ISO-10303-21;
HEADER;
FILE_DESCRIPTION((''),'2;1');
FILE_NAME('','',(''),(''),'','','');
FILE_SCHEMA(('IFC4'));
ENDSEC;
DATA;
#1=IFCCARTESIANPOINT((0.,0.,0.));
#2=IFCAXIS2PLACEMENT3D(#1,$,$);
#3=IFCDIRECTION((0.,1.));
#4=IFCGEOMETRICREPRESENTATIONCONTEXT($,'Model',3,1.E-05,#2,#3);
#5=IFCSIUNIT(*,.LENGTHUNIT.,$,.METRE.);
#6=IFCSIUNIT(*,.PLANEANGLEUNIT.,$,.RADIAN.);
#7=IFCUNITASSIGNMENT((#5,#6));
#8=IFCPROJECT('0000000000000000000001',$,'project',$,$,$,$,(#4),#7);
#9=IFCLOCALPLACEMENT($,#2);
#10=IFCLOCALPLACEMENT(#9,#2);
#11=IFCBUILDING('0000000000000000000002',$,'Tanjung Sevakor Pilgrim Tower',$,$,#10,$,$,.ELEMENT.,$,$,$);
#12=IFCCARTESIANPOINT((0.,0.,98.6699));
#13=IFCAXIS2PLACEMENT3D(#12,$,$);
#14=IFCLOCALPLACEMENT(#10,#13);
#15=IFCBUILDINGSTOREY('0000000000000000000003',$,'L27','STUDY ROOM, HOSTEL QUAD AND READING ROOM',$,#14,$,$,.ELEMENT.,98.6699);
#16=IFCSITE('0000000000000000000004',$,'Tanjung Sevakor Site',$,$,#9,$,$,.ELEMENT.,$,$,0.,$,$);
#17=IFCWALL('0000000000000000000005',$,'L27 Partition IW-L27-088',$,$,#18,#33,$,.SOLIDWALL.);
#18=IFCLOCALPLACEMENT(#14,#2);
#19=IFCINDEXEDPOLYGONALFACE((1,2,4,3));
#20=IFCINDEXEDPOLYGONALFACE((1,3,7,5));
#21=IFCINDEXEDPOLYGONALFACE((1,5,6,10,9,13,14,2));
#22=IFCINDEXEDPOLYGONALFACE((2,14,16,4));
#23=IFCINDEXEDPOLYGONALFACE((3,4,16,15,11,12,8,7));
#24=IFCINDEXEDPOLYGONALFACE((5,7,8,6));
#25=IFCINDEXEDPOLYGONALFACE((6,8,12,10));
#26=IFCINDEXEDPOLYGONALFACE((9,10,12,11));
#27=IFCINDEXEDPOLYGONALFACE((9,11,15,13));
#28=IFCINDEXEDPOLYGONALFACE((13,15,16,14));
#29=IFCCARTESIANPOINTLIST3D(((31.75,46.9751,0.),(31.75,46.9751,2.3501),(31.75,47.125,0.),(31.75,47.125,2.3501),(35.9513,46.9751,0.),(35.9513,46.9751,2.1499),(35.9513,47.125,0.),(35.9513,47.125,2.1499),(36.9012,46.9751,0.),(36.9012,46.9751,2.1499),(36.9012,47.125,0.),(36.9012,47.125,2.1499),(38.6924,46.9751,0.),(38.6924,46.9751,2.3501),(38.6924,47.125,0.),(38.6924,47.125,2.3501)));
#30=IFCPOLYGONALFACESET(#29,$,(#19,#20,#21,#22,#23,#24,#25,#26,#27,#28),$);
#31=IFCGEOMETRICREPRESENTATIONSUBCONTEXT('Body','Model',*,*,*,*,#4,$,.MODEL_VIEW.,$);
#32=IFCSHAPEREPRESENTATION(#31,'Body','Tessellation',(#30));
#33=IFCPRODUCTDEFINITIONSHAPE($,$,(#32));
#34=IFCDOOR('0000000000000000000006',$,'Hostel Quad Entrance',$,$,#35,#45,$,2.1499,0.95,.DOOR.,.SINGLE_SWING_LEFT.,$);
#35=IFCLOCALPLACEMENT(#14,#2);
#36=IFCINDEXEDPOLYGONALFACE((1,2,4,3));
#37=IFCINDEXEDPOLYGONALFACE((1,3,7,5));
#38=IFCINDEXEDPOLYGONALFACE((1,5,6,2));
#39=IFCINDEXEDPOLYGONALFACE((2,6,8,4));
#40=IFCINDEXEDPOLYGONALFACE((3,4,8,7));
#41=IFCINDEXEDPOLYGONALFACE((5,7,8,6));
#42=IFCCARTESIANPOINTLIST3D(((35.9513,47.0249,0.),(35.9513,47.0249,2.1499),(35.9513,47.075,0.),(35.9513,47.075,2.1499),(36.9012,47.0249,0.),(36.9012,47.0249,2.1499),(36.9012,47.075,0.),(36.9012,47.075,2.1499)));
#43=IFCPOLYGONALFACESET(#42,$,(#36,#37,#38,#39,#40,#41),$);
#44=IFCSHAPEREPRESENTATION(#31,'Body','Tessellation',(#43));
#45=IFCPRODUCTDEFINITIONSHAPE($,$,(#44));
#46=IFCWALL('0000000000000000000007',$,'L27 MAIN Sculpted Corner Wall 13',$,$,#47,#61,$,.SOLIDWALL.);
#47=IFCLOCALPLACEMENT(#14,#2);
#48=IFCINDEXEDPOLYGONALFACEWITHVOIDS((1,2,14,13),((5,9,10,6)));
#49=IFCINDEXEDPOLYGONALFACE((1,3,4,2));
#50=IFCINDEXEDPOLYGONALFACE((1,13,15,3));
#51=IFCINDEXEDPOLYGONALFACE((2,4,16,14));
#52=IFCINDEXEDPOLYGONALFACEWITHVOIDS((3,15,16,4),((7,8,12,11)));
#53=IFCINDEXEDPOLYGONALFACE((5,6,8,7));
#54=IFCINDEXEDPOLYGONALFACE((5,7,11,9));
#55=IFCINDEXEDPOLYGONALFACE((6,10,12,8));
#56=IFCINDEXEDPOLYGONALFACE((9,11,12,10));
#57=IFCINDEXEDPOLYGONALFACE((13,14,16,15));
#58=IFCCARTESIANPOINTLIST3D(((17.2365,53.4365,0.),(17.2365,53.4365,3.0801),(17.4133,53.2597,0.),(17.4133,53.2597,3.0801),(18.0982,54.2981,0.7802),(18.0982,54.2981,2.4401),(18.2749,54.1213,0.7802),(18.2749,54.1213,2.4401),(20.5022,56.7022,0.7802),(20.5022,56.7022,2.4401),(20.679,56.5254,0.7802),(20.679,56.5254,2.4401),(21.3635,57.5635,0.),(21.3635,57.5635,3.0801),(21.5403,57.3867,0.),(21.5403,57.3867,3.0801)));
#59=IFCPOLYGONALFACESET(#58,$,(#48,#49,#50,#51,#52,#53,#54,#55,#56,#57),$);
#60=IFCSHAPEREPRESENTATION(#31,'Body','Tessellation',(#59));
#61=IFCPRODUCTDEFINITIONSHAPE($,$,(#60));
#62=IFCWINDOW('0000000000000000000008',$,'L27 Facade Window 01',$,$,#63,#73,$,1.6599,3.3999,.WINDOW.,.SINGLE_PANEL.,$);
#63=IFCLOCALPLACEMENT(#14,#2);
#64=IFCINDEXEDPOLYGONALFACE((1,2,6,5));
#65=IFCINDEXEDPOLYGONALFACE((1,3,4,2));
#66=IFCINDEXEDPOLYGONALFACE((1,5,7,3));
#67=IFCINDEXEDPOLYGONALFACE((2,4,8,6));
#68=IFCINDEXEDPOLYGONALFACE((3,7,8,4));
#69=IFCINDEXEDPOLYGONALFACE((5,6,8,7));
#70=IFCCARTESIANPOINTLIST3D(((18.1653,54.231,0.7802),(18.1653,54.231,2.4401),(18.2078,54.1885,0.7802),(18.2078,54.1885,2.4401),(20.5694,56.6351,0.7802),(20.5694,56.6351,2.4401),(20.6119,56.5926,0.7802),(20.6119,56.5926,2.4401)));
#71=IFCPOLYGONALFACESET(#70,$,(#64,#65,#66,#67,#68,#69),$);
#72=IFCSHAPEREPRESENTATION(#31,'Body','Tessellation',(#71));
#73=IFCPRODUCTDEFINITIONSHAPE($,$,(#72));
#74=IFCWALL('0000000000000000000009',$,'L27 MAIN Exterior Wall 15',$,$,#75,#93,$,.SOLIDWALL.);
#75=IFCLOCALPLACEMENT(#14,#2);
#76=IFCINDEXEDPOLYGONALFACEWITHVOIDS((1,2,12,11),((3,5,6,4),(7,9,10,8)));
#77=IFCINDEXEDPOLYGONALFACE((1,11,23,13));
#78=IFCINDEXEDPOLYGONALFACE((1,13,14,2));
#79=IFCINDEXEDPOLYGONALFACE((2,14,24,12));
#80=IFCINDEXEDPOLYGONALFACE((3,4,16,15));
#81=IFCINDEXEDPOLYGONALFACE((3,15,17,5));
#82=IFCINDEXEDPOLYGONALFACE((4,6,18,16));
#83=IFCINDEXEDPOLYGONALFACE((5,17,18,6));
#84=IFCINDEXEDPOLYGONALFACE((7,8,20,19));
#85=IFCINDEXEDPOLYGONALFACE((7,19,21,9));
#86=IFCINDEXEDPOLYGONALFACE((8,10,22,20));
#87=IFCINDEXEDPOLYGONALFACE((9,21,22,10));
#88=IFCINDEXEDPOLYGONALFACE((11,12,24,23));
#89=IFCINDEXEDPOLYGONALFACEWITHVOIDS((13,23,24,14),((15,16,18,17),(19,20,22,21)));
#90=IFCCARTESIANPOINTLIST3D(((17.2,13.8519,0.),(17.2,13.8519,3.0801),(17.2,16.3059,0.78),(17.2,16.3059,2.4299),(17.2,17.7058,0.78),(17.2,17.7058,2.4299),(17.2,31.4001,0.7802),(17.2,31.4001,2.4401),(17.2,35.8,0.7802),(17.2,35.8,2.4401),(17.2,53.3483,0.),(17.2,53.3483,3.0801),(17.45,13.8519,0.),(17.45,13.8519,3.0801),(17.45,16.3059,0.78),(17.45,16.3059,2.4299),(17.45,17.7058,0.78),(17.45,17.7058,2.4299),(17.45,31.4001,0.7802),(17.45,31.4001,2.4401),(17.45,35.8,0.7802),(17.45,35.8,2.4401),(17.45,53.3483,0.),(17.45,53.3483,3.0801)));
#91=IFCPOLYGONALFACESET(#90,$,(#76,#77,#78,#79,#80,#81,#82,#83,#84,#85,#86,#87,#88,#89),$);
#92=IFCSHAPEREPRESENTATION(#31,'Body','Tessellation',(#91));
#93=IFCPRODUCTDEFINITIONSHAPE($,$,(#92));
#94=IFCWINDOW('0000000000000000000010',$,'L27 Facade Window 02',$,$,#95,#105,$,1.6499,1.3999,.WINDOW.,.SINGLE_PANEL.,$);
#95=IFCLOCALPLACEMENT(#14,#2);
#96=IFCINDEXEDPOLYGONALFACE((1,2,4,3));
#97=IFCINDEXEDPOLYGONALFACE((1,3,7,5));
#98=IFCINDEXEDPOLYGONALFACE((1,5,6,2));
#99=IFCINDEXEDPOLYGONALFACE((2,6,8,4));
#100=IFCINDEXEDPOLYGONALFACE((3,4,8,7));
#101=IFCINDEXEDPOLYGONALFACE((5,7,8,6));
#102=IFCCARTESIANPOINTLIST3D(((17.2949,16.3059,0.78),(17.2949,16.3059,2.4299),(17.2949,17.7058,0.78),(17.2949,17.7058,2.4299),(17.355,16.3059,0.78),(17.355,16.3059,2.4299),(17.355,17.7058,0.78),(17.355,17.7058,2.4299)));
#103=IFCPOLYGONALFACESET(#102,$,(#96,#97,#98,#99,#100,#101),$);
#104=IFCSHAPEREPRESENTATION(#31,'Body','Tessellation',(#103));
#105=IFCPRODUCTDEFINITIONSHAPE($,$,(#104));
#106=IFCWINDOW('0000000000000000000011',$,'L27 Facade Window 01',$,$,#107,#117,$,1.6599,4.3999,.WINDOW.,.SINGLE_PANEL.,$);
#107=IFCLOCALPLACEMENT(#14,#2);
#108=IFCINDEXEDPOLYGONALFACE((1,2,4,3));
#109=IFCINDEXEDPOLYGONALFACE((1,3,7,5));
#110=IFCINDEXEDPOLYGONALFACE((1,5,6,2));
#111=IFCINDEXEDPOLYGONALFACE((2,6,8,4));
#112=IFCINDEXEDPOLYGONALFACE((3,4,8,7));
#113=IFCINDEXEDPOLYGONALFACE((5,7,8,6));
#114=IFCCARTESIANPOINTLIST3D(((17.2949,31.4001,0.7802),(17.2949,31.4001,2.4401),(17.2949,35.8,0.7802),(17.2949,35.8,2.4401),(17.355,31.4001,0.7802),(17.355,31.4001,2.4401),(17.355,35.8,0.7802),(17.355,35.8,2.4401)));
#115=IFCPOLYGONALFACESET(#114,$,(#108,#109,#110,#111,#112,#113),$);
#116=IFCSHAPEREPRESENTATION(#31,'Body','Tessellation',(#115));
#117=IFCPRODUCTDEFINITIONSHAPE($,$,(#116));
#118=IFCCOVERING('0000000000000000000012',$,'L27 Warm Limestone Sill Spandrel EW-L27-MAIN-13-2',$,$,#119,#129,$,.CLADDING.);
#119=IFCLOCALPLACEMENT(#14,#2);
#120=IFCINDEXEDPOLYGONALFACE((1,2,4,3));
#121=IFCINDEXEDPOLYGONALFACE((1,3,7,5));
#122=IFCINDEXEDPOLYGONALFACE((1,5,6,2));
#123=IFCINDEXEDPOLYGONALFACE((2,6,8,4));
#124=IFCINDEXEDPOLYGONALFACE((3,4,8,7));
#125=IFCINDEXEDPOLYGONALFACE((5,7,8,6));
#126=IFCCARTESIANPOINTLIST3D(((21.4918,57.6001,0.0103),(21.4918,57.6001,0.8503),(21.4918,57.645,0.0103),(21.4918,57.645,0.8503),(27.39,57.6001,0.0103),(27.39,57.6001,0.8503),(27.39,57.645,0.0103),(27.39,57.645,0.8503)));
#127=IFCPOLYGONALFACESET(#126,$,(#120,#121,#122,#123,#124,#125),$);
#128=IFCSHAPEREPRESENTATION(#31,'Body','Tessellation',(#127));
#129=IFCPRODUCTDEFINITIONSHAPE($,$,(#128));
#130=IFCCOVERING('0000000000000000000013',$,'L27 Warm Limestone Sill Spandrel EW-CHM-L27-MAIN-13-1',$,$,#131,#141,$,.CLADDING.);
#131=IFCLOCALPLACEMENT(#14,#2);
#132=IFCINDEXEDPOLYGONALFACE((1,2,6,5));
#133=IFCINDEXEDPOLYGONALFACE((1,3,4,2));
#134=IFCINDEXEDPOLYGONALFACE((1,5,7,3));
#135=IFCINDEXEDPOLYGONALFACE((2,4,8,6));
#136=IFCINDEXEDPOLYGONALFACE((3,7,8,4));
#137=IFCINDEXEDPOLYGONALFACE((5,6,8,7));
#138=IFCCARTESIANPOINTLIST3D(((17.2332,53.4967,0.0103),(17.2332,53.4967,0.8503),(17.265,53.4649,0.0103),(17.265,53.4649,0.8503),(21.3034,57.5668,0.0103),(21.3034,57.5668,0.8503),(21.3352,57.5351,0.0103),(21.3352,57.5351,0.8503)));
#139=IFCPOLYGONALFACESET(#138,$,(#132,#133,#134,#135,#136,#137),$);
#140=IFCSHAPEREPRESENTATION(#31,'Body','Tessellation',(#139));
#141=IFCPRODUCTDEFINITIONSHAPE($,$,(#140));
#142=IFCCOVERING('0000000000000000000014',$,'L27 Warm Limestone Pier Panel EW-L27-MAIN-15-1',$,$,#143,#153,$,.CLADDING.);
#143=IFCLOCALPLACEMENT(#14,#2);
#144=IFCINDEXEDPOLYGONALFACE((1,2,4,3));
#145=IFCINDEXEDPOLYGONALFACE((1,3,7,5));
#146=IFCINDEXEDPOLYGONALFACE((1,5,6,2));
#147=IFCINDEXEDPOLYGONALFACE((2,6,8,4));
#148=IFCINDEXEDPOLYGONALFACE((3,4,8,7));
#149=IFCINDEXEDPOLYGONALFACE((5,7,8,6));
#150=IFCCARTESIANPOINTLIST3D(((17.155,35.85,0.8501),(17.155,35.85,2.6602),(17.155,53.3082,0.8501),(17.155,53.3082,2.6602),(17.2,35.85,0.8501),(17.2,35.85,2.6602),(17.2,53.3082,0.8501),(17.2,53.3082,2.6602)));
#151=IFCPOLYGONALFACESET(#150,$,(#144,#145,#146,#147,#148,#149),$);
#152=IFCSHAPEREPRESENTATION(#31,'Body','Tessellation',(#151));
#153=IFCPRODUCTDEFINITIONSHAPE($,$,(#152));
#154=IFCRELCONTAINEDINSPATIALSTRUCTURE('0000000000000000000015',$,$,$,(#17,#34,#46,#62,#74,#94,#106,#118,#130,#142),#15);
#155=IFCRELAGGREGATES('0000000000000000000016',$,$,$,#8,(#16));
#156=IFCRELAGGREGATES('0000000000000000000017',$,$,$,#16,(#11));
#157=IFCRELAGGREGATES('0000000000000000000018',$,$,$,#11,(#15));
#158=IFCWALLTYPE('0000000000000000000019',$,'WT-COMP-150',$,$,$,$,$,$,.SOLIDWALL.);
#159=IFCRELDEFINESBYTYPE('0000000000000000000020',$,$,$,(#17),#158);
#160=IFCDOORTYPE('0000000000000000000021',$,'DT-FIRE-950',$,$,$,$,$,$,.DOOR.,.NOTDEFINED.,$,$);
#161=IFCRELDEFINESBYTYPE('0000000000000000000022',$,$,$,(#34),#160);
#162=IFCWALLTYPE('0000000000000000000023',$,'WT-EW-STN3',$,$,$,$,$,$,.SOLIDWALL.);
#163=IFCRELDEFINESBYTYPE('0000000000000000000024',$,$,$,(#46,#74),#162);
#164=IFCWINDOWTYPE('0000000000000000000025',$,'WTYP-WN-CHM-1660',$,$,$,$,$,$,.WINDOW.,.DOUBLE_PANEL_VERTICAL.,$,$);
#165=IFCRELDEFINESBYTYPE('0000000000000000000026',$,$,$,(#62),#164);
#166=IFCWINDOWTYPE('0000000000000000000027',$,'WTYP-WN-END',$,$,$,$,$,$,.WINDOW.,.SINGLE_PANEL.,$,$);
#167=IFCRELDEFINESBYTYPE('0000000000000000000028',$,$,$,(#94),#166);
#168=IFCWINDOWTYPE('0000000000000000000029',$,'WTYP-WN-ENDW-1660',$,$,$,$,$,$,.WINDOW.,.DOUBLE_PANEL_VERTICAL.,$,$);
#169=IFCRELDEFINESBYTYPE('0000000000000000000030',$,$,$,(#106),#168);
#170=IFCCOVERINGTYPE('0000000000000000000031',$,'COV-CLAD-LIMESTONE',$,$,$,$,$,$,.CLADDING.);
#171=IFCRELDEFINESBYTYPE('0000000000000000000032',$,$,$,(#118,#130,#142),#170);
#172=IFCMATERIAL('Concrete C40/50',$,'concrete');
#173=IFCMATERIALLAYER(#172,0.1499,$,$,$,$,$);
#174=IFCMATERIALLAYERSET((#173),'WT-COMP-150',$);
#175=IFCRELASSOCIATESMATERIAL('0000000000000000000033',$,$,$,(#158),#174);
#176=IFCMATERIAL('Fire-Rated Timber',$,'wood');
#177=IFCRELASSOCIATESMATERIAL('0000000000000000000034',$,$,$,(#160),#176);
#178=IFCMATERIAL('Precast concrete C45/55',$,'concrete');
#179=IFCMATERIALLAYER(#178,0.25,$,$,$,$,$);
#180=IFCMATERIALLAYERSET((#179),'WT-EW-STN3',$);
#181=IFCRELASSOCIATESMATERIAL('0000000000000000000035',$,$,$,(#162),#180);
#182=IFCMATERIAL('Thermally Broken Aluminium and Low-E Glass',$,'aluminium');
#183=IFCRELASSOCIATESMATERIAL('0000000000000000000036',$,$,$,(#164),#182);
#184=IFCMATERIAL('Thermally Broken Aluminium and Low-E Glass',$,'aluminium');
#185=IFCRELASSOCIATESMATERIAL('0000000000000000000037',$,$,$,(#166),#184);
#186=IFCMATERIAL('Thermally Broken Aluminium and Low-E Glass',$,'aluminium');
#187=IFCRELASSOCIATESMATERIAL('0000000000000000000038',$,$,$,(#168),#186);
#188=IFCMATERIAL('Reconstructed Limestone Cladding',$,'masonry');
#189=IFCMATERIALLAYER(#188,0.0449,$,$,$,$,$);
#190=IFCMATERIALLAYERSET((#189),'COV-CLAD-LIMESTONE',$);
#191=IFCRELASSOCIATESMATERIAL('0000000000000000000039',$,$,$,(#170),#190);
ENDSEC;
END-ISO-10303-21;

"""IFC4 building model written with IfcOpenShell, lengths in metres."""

from ifc_helpers import new_model, si_unit, direction, frame, frame_2d, origin, origin_2d, place, context, subcontext, project, spatial, rectangle, extrude, material, layer, layer_set, type_object, element, fill, save


model = new_model("IFC4")

# Units and contexts
model_context = context("Model", 3, precision=1e-05, world=origin(), true_north=direction((0.0, 1.0)))
body_context = subcontext(model_context, "Body", "Model", "MODEL_VIEW")
ifc_project = project(units=[si_unit("LENGTHUNIT", "METRE"), si_unit("PLANEANGLEUNIT", "RADIAN")], contexts=[model_context])

# Site, building, storey
site_placement = place(None, origin())
site = spatial("IfcSite", under=ifc_project, at=site_placement, Name="Tanjung Sevakor Site", CompositionType="ELEMENT", RefElevation=0.0)
building_placement = place(site_placement, origin())
building = spatial("IfcBuilding", under=site, at=building_placement, Name="Tanjung Sevakor Pilgrim Tower", CompositionType="ELEMENT")
storey_placement = place(building_placement, frame((0.0, 0.0, 98.6699)))
storey = spatial("IfcBuildingStorey", under=building, at=storey_placement, Name="L27", Description="STUDY ROOM, HOSTEL QUAD AND READING ROOM", CompositionType="ELEMENT", Elevation=98.6699)

# Shared definitions
ifc_material_1 = material(Name="Concrete C40/50", Category="concrete")
ifc_layer_1 = layer(ifc_material_1, 0.1499)
ifc_layer_set_1 = layer_set([ifc_layer_1], Name="WT-COMP-150")
wall_type_1 = type_object("IfcWallType", Name="WT-COMP-150", PredefinedType="SOLIDWALL", material=ifc_layer_set_1)

# Shared definitions
ifc_material_2 = material(Name="Fire-Rated Timber", Category="wood")
door_type_1 = type_object("IfcDoorType", Name="DT-FIRE-950", OperationType="NOTDEFINED", PredefinedType="DOOR", material=ifc_material_2)

# Wall, opening, door
wall_1_placement = place(storey_placement, frame((31.75, 47.05, 0.0), z_axis=(0.0, 0.0, 1.0), x_axis=(1.0, 0.0, 0.0)))
wall_1 = element("IfcWall", 1, at=wall_1_placement, inside=storey, type_object=wall_type_1, Name="L27 Partition IW-L27-088", PredefinedType="SOLIDWALL", context=body_context, shape_type="SweptSolid", body=[
    extrude(rectangle(XDim=6.9424, YDim=0.1499, at=frame_2d((3.4712, 0.0))), origin(), (0.0, 0.0, 1.0), 2.3501),
])
opening_1_placement = place(wall_1_placement, frame((4.2012, 0.0, 0.0)))
opening_1 = element("IfcOpeningElement", 2, at=opening_1_placement, cuts=wall_1, PredefinedType="OPENING", context=body_context, shape_type="SweptSolid", body=[
    extrude(rectangle(XDim=0.95, YDim=2.1499, at=frame_2d((0.4751, 1.075))), frame((0.0, 0.085, 0.0), z_axis=(0.0, -1.0, 0.0), x_axis=(1.0, 0.0, 0.0)), (0.0, 0.0, 1.0), 0.1699),
])
door_1_placement = place(opening_1_placement, origin())
door_1 = element("IfcDoor", 3, at=door_1_placement, inside=storey, type_object=door_type_1, Name="Hostel Quad Entrance", OperationType="SINGLE_SWING_LEFT", OverallHeight=2.1499, OverallWidth=0.95, PredefinedType="DOOR", context=body_context, shape_type="SweptSolid", body=[
    extrude(rectangle(XDim=0.95, YDim=2.1499, at=frame_2d((0.4751, 1.075))), frame((0.0, 0.0249, 0.0), z_axis=(0.0, -1.0, 0.0), x_axis=(1.0, 0.0, 0.0)), (0.0, 0.0, 1.0), 0.05),
])
fill(opening_1, door_1)

# Wall, opening, window
ifc_material_3 = material(Name="Precast concrete C45/55", Category="concrete")
ifc_layer_2 = layer(ifc_material_3, 0.25)
ifc_layer_set_2 = layer_set([ifc_layer_2], Name="WT-EW-STN3")
wall_type_2 = type_object("IfcWallType", Name="WT-EW-STN3", PredefinedType="SOLIDWALL", material=ifc_layer_set_2)
wall_2_placement = place(storey_placement, frame((21.4519, 57.4751, 0.0), z_axis=(0.0, 0.0, 1.0), x_axis=(-0.707107, -0.707107, 0.0)))
wall_2 = element("IfcWall", 4, at=wall_2_placement, inside=storey, type_object=wall_type_2, Name="L27 MAIN Sculpted Corner Wall 13", PredefinedType="SOLIDWALL", context=body_context, shape_type="SweptSolid", body=[
    extrude(rectangle(XDim=5.8364, YDim=0.25, at=frame_2d((2.9182, 0.0))), origin(), (0.0, 0.0, 1.0), 3.0801),
])
opening_2_placement = place(wall_2_placement, frame((1.218, 0.0, 0.78)))
opening_2 = element("IfcOpeningElement", 5, at=opening_2_placement, cuts=wall_2, PredefinedType="OPENING", context=body_context, shape_type="SweptSolid", body=[
    extrude(rectangle(XDim=3.3999, YDim=1.6599, at=frame_2d((1.7, 0.8301))), frame((0.0, 0.135, 0.0), z_axis=(0.0, -1.0, 0.0), x_axis=(1.0, 0.0, 0.0)), (0.0, 0.0, 1.0), 0.27),
])
ifc_material_4 = material(Name="Thermally Broken Aluminium and Low-E Glass", Category="aluminium")
window_type_1 = type_object("IfcWindowType", Name="WTYP-WN-CHM-1660", PartitioningType="DOUBLE_PANEL_VERTICAL", PredefinedType="WINDOW", material=ifc_material_4)
window_1_placement = place(opening_2_placement, origin())
window_1 = element("IfcWindow", 6, at=window_1_placement, inside=storey, type_object=window_type_1, Name="L27 Facade Window 01", OverallHeight=1.6599, OverallWidth=3.3999, PartitioningType="SINGLE_PANEL", PredefinedType="WINDOW", context=body_context, shape_type="SweptSolid", body=[
    extrude(rectangle(XDim=3.3999, YDim=1.6599, at=frame_2d((1.7, 0.8301))), frame((0.0, 0.03, 0.0), z_axis=(0.0, -1.0, 0.0), x_axis=(1.0, 0.0, 0.0)), (0.0, 0.0, 1.0), 0.0601),
])
fill(opening_2, window_1)

# Wall, openings, windows
wall_3_placement = place(storey_placement, frame((17.325, 53.3481, 0.0), z_axis=(0.0, 0.0, 1.0), x_axis=(0.0, -1.0, 0.0)))
wall_3 = element("IfcWall", 7, at=wall_3_placement, inside=storey, type_object=wall_type_2, Name="L27 MAIN Exterior Wall 15", PredefinedType="SOLIDWALL", context=body_context, shape_type="SweptSolid", body=[
    extrude(rectangle(XDim=39.4963, YDim=0.25, at=frame_2d((19.748, 0.0))), origin(), (0.0, 0.0, 1.0), 3.0801),
])
opening_3_placement = place(wall_3_placement, frame((17.5481, 0.0, 0.78)))
opening_3 = element("IfcOpeningElement", 8, at=opening_3_placement, cuts=wall_3, PredefinedType="OPENING", context=body_context, shape_type="SweptSolid", body=[
    extrude(rectangle(XDim=4.3999, YDim=1.6599, at=frame_2d((2.2, 0.8301))), frame((0.0, 0.135, 0.0), z_axis=(0.0, -1.0, 0.0), x_axis=(1.0, 0.0, 0.0)), (0.0, 0.0, 1.0), 0.27),
])
opening_4_placement = place(wall_3_placement, frame((35.6423, 0.0, 0.78)))
opening_4 = element("IfcOpeningElement", 9, at=opening_4_placement, cuts=wall_3, PredefinedType="OPENING", context=body_context, shape_type="SweptSolid", body=[
    extrude(rectangle(XDim=1.3999, YDim=1.6499, at=frame_2d((0.7, 0.825))), frame((0.0, 0.135, 0.0), z_axis=(0.0, -1.0, 0.0), x_axis=(1.0, 0.0, 0.0)), (0.0, 0.0, 1.0), 0.27),
])
ifc_material_5 = material(Name="Thermally Broken Aluminium and Low-E Glass", Category="aluminium")
window_type_2 = type_object("IfcWindowType", Name="WTYP-WN-END", PartitioningType="SINGLE_PANEL", PredefinedType="WINDOW", material=ifc_material_5)
window_2_placement = place(opening_4_placement, origin())
window_2 = element("IfcWindow", 10, at=window_2_placement, inside=storey, type_object=window_type_2, Name="L27 Facade Window 02", OverallHeight=1.6499, OverallWidth=1.3999, PartitioningType="SINGLE_PANEL", PredefinedType="WINDOW", context=body_context, shape_type="SweptSolid", body=[
    extrude(rectangle(XDim=1.3999, YDim=1.6499, at=frame_2d((0.7, 0.825))), frame((0.0, 0.03, 0.0), z_axis=(0.0, -1.0, 0.0), x_axis=(1.0, 0.0, 0.0)), (0.0, 0.0, 1.0), 0.0601),
])
fill(opening_4, window_2)
ifc_material_6 = material(Name="Thermally Broken Aluminium and Low-E Glass", Category="aluminium")
window_type_3 = type_object("IfcWindowType", Name="WTYP-WN-ENDW-1660", PartitioningType="DOUBLE_PANEL_VERTICAL", PredefinedType="WINDOW", material=ifc_material_6)
window_3_placement = place(opening_3_placement, origin())
window_3 = element("IfcWindow", 11, at=window_3_placement, inside=storey, type_object=window_type_3, Name="L27 Facade Window 01", OverallHeight=1.6599, OverallWidth=4.3999, PartitioningType="SINGLE_PANEL", PredefinedType="WINDOW", context=body_context, shape_type="SweptSolid", body=[
    extrude(rectangle(XDim=4.3999, YDim=1.6599, at=frame_2d((2.2, 0.8301))), frame((0.0, 0.03, 0.0), z_axis=(0.0, -1.0, 0.0), x_axis=(1.0, 0.0, 0.0)), (0.0, 0.0, 1.0), 0.0601),
])
fill(opening_3, window_3)

# Coverings
ifc_material_7 = material(Name="Reconstructed Limestone Cladding", Category="masonry")
ifc_layer_3 = layer(ifc_material_7, 0.0449)
ifc_layer_set_3 = layer_set([ifc_layer_3], Name="COV-CLAD-LIMESTONE")
covering_type = type_object("IfcCoveringType", Name="COV-CLAD-LIMESTONE", PredefinedType="CLADDING", material=ifc_layer_set_3)
covering_1_placement = place(storey_placement, frame((24.4409, 57.6226, 0.0103), z_axis=(0.0, 0.0, 1.0), x_axis=(-1.0, 0.0, 0.0)))
element("IfcCovering", 12, at=covering_1_placement, inside=storey, type_object=covering_type, Name="L27 Warm Limestone Sill Spandrel EW-L27-MAIN-13-2", PredefinedType="CLADDING", context=body_context, shape_type="SweptSolid", body=[
    extrude(rectangle(XDim=5.8982, YDim=0.0449, at=origin_2d()), origin(), (0.0, 0.0, 1.0), 0.8401),
])
covering_2_placement = place(storey_placement, frame((19.2842, 55.5159, 0.0103), z_axis=(0.0, 0.0, 1.0), x_axis=(-0.707107, -0.707107, 0.0)))
element("IfcCovering", 13, at=covering_2_placement, inside=storey, type_object=covering_type, Name="L27 Warm Limestone Sill Spandrel EW-CHM-L27-MAIN-13-1", PredefinedType="CLADDING", context=body_context, shape_type="SweptSolid", body=[
    extrude(rectangle(XDim=5.7561, YDim=0.0449, at=origin_2d()), origin(), (0.0, 0.0, 1.0), 0.8401),
])
covering_3_placement = place(storey_placement, frame((17.1775, 44.5791, 0.8501), z_axis=(0.0, 0.0, 1.0), x_axis=(0.0, -1.0, 0.0)))
element("IfcCovering", 14, at=covering_3_placement, inside=storey, type_object=covering_type, Name="L27 Warm Limestone Pier Panel EW-L27-MAIN-15-1", PredefinedType="CLADDING", context=body_context, shape_type="SweptSolid", body=[
    extrude(rectangle(XDim=17.4583, YDim=0.0449, at=origin_2d()), origin(), (0.0, 0.0, 1.0), 1.8101),
])

save(model, "model.ifc")
